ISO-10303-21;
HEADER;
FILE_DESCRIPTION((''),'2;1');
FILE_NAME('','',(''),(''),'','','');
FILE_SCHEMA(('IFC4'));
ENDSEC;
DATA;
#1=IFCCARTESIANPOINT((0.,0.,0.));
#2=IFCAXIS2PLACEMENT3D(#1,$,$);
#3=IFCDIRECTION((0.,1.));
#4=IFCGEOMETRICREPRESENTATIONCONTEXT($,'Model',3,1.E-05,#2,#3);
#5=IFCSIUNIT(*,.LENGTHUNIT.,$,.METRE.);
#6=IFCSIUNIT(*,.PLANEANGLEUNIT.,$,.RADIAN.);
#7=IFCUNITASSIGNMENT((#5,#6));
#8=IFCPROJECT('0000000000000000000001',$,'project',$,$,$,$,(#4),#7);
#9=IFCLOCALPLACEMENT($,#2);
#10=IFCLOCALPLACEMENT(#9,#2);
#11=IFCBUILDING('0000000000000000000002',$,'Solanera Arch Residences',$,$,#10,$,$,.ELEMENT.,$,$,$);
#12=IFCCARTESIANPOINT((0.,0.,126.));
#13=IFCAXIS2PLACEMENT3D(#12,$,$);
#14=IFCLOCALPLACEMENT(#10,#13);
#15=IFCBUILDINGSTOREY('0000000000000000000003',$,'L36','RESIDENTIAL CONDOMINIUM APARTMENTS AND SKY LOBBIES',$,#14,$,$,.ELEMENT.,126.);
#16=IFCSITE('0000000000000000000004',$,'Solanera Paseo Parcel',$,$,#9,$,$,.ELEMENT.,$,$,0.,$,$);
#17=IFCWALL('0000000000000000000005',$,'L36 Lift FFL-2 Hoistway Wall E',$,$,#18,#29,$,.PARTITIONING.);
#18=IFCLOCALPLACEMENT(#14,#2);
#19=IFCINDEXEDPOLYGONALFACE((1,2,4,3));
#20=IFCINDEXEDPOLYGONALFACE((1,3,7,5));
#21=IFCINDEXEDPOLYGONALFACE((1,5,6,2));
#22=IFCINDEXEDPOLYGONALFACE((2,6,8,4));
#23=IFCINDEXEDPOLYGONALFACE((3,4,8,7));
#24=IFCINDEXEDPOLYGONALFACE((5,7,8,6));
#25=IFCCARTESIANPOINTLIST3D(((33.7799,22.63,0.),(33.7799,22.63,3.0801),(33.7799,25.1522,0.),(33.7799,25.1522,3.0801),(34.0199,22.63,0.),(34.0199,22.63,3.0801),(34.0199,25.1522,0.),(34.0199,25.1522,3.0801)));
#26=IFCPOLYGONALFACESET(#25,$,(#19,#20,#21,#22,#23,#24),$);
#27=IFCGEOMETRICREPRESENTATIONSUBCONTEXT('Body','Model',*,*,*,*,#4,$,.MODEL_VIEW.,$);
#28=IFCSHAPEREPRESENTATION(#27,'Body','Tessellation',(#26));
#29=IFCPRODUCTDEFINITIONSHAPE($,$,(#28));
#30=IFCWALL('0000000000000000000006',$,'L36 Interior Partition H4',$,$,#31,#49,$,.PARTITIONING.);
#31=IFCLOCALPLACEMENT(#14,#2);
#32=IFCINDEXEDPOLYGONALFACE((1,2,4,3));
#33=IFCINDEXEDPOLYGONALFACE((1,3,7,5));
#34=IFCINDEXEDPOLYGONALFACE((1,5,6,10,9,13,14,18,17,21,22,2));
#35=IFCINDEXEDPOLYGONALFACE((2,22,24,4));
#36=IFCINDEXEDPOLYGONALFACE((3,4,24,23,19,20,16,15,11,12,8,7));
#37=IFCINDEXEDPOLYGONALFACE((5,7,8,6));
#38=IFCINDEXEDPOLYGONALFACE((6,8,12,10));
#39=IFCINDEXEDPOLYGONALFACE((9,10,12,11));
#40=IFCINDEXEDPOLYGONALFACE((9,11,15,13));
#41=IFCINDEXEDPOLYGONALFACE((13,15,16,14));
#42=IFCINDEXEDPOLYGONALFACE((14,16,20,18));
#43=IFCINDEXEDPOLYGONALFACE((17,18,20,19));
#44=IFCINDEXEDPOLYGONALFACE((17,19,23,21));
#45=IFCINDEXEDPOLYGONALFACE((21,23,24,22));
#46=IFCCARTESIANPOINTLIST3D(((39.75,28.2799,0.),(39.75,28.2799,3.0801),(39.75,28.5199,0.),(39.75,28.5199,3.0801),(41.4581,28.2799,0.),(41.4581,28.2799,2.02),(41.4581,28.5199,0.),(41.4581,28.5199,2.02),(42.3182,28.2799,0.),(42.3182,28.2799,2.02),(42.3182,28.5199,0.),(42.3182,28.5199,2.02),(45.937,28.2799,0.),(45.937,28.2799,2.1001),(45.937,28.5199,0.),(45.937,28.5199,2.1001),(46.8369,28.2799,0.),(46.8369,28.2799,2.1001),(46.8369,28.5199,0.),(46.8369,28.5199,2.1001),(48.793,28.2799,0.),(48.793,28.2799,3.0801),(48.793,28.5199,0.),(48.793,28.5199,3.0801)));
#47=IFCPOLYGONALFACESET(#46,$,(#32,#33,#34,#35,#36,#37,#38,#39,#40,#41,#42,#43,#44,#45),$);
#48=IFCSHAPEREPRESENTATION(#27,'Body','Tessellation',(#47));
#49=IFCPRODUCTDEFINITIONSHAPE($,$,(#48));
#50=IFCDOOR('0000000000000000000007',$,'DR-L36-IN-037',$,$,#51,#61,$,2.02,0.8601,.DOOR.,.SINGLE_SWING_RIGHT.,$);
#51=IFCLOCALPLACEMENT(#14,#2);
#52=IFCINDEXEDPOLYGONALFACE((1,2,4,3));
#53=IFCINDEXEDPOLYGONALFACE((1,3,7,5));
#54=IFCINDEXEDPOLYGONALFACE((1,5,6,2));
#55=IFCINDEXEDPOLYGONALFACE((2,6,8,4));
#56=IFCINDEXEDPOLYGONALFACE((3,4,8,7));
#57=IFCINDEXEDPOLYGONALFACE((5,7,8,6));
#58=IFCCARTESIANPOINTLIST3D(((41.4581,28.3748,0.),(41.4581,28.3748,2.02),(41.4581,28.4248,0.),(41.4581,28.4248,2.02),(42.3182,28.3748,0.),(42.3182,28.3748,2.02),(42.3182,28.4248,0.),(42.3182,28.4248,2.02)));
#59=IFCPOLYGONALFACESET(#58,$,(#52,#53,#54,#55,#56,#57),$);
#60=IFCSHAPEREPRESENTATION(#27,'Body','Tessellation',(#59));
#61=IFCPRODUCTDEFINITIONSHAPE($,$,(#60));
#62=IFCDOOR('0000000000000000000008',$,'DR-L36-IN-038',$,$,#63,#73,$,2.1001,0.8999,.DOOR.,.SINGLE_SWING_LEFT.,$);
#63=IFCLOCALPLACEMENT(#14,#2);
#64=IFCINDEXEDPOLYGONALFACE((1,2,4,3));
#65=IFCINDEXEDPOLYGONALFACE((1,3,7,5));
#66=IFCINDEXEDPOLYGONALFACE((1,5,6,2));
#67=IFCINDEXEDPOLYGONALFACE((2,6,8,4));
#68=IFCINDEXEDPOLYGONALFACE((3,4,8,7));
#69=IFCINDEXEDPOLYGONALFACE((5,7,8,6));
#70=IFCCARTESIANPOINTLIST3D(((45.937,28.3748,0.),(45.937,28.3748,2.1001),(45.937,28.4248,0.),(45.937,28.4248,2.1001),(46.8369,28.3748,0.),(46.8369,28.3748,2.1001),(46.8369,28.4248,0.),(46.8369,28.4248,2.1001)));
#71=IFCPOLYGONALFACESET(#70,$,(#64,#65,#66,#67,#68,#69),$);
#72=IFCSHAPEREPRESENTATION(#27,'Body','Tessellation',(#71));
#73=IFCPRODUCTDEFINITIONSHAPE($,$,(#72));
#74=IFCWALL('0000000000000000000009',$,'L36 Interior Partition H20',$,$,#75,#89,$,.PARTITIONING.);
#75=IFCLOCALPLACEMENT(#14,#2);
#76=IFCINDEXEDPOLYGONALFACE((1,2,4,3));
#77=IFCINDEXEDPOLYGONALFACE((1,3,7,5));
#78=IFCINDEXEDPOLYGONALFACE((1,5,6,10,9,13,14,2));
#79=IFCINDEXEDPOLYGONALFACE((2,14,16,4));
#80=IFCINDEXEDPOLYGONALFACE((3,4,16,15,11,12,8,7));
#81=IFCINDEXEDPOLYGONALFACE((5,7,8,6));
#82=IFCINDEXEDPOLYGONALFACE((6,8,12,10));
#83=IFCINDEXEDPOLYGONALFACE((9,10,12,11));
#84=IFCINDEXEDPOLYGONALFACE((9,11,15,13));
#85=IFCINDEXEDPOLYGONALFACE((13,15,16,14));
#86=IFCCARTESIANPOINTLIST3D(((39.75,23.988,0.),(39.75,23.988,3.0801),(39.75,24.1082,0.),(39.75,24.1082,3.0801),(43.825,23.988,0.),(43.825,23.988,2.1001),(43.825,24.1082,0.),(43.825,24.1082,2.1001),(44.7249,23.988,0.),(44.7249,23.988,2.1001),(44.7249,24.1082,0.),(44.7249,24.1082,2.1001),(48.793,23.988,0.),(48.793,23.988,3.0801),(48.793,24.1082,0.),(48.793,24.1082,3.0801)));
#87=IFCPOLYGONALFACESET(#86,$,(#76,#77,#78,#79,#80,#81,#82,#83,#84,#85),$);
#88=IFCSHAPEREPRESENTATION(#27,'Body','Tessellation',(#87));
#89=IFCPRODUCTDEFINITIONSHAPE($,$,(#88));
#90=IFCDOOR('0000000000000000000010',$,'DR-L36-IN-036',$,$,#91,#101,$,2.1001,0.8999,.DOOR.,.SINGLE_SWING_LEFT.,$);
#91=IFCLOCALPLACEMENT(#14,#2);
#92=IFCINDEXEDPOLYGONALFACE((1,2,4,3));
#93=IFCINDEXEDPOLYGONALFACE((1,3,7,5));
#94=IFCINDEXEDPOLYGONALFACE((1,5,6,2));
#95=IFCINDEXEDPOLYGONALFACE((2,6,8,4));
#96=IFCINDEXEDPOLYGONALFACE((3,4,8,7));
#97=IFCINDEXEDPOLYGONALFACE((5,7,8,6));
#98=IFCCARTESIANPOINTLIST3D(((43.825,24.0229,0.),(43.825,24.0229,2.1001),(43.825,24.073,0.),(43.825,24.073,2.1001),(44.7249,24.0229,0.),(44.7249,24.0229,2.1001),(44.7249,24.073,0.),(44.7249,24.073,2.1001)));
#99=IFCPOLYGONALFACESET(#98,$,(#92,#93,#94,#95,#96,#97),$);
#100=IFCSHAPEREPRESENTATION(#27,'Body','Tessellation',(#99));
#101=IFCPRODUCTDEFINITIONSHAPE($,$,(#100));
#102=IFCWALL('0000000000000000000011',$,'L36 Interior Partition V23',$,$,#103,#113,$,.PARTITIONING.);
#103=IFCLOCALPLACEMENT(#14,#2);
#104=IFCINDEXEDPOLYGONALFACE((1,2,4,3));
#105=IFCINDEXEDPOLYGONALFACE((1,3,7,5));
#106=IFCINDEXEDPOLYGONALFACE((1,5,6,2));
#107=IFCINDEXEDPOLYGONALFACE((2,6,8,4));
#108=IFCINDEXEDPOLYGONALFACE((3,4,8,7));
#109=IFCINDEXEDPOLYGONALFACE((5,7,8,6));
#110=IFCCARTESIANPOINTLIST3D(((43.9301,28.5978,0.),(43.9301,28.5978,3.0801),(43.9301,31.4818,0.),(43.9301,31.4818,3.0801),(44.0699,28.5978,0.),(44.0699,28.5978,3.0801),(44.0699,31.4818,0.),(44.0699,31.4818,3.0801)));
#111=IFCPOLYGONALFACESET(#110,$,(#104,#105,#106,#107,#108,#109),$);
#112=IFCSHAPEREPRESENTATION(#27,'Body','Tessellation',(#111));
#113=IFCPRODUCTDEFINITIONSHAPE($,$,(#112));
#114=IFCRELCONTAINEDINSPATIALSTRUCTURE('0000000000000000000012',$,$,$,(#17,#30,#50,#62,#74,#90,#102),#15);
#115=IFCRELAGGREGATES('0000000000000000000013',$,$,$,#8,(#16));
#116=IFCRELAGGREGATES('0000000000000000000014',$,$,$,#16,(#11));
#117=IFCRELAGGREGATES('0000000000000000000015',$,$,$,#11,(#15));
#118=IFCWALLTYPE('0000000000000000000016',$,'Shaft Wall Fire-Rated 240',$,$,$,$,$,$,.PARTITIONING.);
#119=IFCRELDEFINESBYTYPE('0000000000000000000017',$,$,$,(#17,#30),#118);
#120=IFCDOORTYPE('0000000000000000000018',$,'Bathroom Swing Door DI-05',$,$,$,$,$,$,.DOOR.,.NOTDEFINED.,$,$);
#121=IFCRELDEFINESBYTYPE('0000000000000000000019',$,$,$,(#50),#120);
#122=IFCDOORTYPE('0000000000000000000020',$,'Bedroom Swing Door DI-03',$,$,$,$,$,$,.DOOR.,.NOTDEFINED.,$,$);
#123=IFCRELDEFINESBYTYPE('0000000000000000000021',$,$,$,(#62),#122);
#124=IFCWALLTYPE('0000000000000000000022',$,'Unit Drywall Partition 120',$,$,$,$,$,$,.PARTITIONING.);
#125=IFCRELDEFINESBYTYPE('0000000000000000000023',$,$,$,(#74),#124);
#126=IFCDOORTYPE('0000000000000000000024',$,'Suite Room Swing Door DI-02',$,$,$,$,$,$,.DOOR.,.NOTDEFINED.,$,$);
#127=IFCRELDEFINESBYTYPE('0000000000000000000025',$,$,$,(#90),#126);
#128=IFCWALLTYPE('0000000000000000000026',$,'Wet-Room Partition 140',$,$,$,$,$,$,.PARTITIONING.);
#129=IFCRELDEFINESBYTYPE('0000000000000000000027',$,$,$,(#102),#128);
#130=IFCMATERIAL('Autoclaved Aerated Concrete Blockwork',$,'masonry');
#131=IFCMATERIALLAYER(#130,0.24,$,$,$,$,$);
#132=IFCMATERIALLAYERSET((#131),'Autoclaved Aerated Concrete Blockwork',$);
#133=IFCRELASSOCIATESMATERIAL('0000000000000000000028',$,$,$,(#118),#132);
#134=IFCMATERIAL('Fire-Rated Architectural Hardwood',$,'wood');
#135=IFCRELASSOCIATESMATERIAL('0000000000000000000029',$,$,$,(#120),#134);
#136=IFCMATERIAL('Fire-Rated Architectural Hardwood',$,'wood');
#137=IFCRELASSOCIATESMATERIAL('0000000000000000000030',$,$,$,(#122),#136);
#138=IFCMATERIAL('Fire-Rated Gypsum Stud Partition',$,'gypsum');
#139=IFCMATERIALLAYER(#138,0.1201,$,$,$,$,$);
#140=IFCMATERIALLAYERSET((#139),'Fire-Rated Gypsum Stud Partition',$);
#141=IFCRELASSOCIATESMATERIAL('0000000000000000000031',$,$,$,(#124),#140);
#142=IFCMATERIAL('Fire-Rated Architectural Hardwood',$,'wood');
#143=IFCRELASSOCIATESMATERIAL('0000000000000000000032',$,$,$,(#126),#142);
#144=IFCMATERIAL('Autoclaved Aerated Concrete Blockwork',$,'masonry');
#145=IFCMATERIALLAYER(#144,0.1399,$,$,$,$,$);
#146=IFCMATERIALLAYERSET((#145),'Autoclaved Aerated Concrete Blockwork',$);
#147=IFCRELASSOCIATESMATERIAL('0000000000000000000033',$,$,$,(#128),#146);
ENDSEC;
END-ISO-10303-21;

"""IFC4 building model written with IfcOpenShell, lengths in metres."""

from ifc_helpers import new_model, si_unit, direction, frame, frame_2d, origin, place, context, subcontext, project, spatial, rectangle, extrude, material, layer, layer_set, type_object, element, fill, save


model = new_model("IFC4")

# Units and contexts
model_context = context("Model", 3, precision=1e-05, world=origin(), true_north=direction((0.0, 1.0)))
body_context = subcontext(model_context, "Body", "Model", "MODEL_VIEW")
ifc_project = project(units=[si_unit("LENGTHUNIT", "METRE"), si_unit("PLANEANGLEUNIT", "RADIAN")], contexts=[model_context])

# Site, building, storey
site_placement = place(None, origin())
site = spatial("IfcSite", under=ifc_project, at=site_placement, Name="Solanera Paseo Parcel", CompositionType="ELEMENT", RefElevation=0.0)
building_placement = place(site_placement, origin())
building = spatial("IfcBuilding", under=site, at=building_placement, Name="Solanera Arch Residences", CompositionType="ELEMENT")
storey_placement = place(building_placement, frame((0.0, 0.0, 126.0)))
storey = spatial("IfcBuildingStorey", under=building, at=storey_placement, Name="L36", Description="RESIDENTIAL CONDOMINIUM APARTMENTS AND SKY LOBBIES", CompositionType="ELEMENT", Elevation=126.0)

# Wall
ifc_material_1 = material(Name="Autoclaved Aerated Concrete Blockwork", Category="masonry")
ifc_layer_1 = layer(ifc_material_1, 0.24)
ifc_layer_set_1 = layer_set([ifc_layer_1], Name="Autoclaved Aerated Concrete Blockwork")
wall_type_1 = type_object("IfcWallType", Name="Shaft Wall Fire-Rated 240", PredefinedType="PARTITIONING", material=ifc_layer_set_1)
wall_1_placement = place(storey_placement, frame((33.8999, 22.6299, 0.0), z_axis=(0.0, 0.0, 1.0), x_axis=(0.0, 1.0, 0.0)))
element("IfcWall", 1, at=wall_1_placement, inside=storey, type_object=wall_type_1, Name="L36 Lift FFL-2 Hoistway Wall E", PredefinedType="PARTITIONING", context=body_context, shape_type="SweptSolid", body=[
    extrude(rectangle(XDim=2.5222, YDim=0.24, at=frame_2d((1.2612, 0.0))), origin(), (0.0, 0.0, 1.0), 3.0801),
])

# Wall, openings, doors
wall_2_placement = place(storey_placement, frame((39.75, 28.3999, 0.0), z_axis=(0.0, 0.0, 1.0), x_axis=(1.0, 0.0, 0.0)))
wall_2 = element("IfcWall", 2, at=wall_2_placement, inside=storey, type_object=wall_type_1, Name="L36 Interior Partition H4", PredefinedType="PARTITIONING", context=body_context, shape_type="SweptSolid", body=[
    extrude(rectangle(XDim=9.043, YDim=0.24, at=frame_2d((4.5215, 0.0))), origin(), (0.0, 0.0, 1.0), 3.0801),
])
opening_1_placement = place(wall_2_placement, frame((1.708, 0.0, 0.0)))
opening_1 = element("IfcOpeningElement", 3, at=opening_1_placement, cuts=wall_2, PredefinedType="OPENING", context=body_context, shape_type="SweptSolid", body=[
    extrude(rectangle(XDim=0.8601, YDim=2.02, at=frame_2d((0.4302, 1.01))), frame((0.0, 0.1299, 0.0), z_axis=(0.0, -1.0, 0.0), x_axis=(1.0, 0.0, 0.0)), (0.0, 0.0, 1.0), 0.26),
])
opening_2_placement = place(wall_2_placement, frame((6.187, 0.0, 0.0)))
opening_2 = element("IfcOpeningElement", 4, at=opening_2_placement, cuts=wall_2, PredefinedType="OPENING", context=body_context, shape_type="SweptSolid", body=[
    extrude(rectangle(XDim=0.8999, YDim=2.1001, at=frame_2d((0.45, 1.05))), frame((0.0, 0.1299, 0.0), z_axis=(0.0, -1.0, 0.0), x_axis=(1.0, 0.0, 0.0)), (0.0, 0.0, 1.0), 0.26),
])
ifc_material_2 = material(Name="Fire-Rated Architectural Hardwood", Category="wood")
door_type_1 = type_object("IfcDoorType", Name="Bathroom Swing Door DI-05", OperationType="NOTDEFINED", PredefinedType="DOOR", material=ifc_material_2)
door_1_placement = place(opening_1_placement, origin())
door_1 = element("IfcDoor", 5, at=door_1_placement, inside=storey, type_object=door_type_1, Name="DR-L36-IN-037", OperationType="SINGLE_SWING_RIGHT", OverallHeight=2.02, OverallWidth=0.8601, PredefinedType="DOOR", context=body_context, shape_type="SweptSolid", body=[
    extrude(rectangle(XDim=0.8601, YDim=2.02, at=frame_2d((0.4302, 1.01))), frame((0.0, 0.0249, 0.0), z_axis=(0.0, -1.0, 0.0), x_axis=(1.0, 0.0, 0.0)), (0.0, 0.0, 1.0), 0.05),
])
fill(opening_1, door_1)
ifc_material_3 = material(Name="Fire-Rated Architectural Hardwood", Category="wood")
door_type_2 = type_object("IfcDoorType", Name="Bedroom Swing Door DI-03", OperationType="NOTDEFINED", PredefinedType="DOOR", material=ifc_material_3)
door_2_placement = place(opening_2_placement, origin())
door_2 = element("IfcDoor", 6, at=door_2_placement, inside=storey, type_object=door_type_2, Name="DR-L36-IN-038", OperationType="SINGLE_SWING_LEFT", OverallHeight=2.1001, OverallWidth=0.8999, PredefinedType="DOOR", context=body_context, shape_type="SweptSolid", body=[
    extrude(rectangle(XDim=0.8999, YDim=2.1001, at=frame_2d((0.45, 1.05))), frame((0.0, 0.0249, 0.0), z_axis=(0.0, -1.0, 0.0), x_axis=(1.0, 0.0, 0.0)), (0.0, 0.0, 1.0), 0.05),
])
fill(opening_2, door_2)

# Wall, opening, door
ifc_material_4 = material(Name="Fire-Rated Gypsum Stud Partition", Category="gypsum")
ifc_layer_2 = layer(ifc_material_4, 0.1201)
ifc_layer_set_2 = layer_set([ifc_layer_2], Name="Fire-Rated Gypsum Stud Partition")
wall_type_2 = type_object("IfcWallType", Name="Unit Drywall Partition 120", PredefinedType="PARTITIONING", material=ifc_layer_set_2)
wall_3_placement = place(storey_placement, frame((39.75, 24.0481, 0.0), z_axis=(0.0, 0.0, 1.0), x_axis=(1.0, 0.0, 0.0)))
wall_3 = element("IfcWall", 7, at=wall_3_placement, inside=storey, type_object=wall_type_2, Name="L36 Interior Partition H20", PredefinedType="PARTITIONING", context=body_context, shape_type="SweptSolid", body=[
    extrude(rectangle(XDim=9.043, YDim=0.1201, at=frame_2d((4.5215, 0.0))), origin(), (0.0, 0.0, 1.0), 3.0801),
])
opening_3_placement = place(wall_3_placement, frame((4.075, 0.0, 0.0)))
opening_3 = element("IfcOpeningElement", 8, at=opening_3_placement, cuts=wall_3, PredefinedType="OPENING", context=body_context, shape_type="SweptSolid", body=[
    extrude(rectangle(XDim=0.8999, YDim=2.1001, at=frame_2d((0.45, 1.05))), frame((0.0, 0.0701, 0.0), z_axis=(0.0, -1.0, 0.0), x_axis=(1.0, 0.0, 0.0)), (0.0, 0.0, 1.0), 0.1401),
])
ifc_material_5 = material(Name="Fire-Rated Architectural Hardwood", Category="wood")
door_type_3 = type_object("IfcDoorType", Name="Suite Room Swing Door DI-02", OperationType="NOTDEFINED", PredefinedType="DOOR", material=ifc_material_5)
door_3_placement = place(opening_3_placement, origin())
door_3 = element("IfcDoor", 9, at=door_3_placement, inside=storey, type_object=door_type_3, Name="DR-L36-IN-036", OperationType="SINGLE_SWING_LEFT", OverallHeight=2.1001, OverallWidth=0.8999, PredefinedType="DOOR", context=body_context, shape_type="SweptSolid", body=[
    extrude(rectangle(XDim=0.8999, YDim=2.1001, at=frame_2d((0.45, 1.05))), frame((0.0, 0.0249, 0.0), z_axis=(0.0, -1.0, 0.0), x_axis=(1.0, 0.0, 0.0)), (0.0, 0.0, 1.0), 0.05),
])
fill(opening_3, door_3)

# Wall
ifc_material_6 = material(Name="Autoclaved Aerated Concrete Blockwork", Category="masonry")
ifc_layer_3 = layer(ifc_material_6, 0.1399)
ifc_layer_set_3 = layer_set([ifc_layer_3], Name="Autoclaved Aerated Concrete Blockwork")
wall_type_3 = type_object("IfcWallType", Name="Wet-Room Partition 140", PredefinedType="PARTITIONING", material=ifc_layer_set_3)
wall_4_placement = place(storey_placement, frame((44.0, 28.5979, 0.0), z_axis=(0.0, 0.0, 1.0), x_axis=(0.0, 1.0, 0.0)))
element("IfcWall", 10, at=wall_4_placement, inside=storey, type_object=wall_type_3, Name="L36 Interior Partition V23", PredefinedType="PARTITIONING", context=body_context, shape_type="SweptSolid", body=[
    extrude(rectangle(XDim=2.884, YDim=0.1399, at=frame_2d((1.4419, 0.0))), origin(), (0.0, 0.0, 1.0), 3.0801),
])

save(model, "model.ifc")
